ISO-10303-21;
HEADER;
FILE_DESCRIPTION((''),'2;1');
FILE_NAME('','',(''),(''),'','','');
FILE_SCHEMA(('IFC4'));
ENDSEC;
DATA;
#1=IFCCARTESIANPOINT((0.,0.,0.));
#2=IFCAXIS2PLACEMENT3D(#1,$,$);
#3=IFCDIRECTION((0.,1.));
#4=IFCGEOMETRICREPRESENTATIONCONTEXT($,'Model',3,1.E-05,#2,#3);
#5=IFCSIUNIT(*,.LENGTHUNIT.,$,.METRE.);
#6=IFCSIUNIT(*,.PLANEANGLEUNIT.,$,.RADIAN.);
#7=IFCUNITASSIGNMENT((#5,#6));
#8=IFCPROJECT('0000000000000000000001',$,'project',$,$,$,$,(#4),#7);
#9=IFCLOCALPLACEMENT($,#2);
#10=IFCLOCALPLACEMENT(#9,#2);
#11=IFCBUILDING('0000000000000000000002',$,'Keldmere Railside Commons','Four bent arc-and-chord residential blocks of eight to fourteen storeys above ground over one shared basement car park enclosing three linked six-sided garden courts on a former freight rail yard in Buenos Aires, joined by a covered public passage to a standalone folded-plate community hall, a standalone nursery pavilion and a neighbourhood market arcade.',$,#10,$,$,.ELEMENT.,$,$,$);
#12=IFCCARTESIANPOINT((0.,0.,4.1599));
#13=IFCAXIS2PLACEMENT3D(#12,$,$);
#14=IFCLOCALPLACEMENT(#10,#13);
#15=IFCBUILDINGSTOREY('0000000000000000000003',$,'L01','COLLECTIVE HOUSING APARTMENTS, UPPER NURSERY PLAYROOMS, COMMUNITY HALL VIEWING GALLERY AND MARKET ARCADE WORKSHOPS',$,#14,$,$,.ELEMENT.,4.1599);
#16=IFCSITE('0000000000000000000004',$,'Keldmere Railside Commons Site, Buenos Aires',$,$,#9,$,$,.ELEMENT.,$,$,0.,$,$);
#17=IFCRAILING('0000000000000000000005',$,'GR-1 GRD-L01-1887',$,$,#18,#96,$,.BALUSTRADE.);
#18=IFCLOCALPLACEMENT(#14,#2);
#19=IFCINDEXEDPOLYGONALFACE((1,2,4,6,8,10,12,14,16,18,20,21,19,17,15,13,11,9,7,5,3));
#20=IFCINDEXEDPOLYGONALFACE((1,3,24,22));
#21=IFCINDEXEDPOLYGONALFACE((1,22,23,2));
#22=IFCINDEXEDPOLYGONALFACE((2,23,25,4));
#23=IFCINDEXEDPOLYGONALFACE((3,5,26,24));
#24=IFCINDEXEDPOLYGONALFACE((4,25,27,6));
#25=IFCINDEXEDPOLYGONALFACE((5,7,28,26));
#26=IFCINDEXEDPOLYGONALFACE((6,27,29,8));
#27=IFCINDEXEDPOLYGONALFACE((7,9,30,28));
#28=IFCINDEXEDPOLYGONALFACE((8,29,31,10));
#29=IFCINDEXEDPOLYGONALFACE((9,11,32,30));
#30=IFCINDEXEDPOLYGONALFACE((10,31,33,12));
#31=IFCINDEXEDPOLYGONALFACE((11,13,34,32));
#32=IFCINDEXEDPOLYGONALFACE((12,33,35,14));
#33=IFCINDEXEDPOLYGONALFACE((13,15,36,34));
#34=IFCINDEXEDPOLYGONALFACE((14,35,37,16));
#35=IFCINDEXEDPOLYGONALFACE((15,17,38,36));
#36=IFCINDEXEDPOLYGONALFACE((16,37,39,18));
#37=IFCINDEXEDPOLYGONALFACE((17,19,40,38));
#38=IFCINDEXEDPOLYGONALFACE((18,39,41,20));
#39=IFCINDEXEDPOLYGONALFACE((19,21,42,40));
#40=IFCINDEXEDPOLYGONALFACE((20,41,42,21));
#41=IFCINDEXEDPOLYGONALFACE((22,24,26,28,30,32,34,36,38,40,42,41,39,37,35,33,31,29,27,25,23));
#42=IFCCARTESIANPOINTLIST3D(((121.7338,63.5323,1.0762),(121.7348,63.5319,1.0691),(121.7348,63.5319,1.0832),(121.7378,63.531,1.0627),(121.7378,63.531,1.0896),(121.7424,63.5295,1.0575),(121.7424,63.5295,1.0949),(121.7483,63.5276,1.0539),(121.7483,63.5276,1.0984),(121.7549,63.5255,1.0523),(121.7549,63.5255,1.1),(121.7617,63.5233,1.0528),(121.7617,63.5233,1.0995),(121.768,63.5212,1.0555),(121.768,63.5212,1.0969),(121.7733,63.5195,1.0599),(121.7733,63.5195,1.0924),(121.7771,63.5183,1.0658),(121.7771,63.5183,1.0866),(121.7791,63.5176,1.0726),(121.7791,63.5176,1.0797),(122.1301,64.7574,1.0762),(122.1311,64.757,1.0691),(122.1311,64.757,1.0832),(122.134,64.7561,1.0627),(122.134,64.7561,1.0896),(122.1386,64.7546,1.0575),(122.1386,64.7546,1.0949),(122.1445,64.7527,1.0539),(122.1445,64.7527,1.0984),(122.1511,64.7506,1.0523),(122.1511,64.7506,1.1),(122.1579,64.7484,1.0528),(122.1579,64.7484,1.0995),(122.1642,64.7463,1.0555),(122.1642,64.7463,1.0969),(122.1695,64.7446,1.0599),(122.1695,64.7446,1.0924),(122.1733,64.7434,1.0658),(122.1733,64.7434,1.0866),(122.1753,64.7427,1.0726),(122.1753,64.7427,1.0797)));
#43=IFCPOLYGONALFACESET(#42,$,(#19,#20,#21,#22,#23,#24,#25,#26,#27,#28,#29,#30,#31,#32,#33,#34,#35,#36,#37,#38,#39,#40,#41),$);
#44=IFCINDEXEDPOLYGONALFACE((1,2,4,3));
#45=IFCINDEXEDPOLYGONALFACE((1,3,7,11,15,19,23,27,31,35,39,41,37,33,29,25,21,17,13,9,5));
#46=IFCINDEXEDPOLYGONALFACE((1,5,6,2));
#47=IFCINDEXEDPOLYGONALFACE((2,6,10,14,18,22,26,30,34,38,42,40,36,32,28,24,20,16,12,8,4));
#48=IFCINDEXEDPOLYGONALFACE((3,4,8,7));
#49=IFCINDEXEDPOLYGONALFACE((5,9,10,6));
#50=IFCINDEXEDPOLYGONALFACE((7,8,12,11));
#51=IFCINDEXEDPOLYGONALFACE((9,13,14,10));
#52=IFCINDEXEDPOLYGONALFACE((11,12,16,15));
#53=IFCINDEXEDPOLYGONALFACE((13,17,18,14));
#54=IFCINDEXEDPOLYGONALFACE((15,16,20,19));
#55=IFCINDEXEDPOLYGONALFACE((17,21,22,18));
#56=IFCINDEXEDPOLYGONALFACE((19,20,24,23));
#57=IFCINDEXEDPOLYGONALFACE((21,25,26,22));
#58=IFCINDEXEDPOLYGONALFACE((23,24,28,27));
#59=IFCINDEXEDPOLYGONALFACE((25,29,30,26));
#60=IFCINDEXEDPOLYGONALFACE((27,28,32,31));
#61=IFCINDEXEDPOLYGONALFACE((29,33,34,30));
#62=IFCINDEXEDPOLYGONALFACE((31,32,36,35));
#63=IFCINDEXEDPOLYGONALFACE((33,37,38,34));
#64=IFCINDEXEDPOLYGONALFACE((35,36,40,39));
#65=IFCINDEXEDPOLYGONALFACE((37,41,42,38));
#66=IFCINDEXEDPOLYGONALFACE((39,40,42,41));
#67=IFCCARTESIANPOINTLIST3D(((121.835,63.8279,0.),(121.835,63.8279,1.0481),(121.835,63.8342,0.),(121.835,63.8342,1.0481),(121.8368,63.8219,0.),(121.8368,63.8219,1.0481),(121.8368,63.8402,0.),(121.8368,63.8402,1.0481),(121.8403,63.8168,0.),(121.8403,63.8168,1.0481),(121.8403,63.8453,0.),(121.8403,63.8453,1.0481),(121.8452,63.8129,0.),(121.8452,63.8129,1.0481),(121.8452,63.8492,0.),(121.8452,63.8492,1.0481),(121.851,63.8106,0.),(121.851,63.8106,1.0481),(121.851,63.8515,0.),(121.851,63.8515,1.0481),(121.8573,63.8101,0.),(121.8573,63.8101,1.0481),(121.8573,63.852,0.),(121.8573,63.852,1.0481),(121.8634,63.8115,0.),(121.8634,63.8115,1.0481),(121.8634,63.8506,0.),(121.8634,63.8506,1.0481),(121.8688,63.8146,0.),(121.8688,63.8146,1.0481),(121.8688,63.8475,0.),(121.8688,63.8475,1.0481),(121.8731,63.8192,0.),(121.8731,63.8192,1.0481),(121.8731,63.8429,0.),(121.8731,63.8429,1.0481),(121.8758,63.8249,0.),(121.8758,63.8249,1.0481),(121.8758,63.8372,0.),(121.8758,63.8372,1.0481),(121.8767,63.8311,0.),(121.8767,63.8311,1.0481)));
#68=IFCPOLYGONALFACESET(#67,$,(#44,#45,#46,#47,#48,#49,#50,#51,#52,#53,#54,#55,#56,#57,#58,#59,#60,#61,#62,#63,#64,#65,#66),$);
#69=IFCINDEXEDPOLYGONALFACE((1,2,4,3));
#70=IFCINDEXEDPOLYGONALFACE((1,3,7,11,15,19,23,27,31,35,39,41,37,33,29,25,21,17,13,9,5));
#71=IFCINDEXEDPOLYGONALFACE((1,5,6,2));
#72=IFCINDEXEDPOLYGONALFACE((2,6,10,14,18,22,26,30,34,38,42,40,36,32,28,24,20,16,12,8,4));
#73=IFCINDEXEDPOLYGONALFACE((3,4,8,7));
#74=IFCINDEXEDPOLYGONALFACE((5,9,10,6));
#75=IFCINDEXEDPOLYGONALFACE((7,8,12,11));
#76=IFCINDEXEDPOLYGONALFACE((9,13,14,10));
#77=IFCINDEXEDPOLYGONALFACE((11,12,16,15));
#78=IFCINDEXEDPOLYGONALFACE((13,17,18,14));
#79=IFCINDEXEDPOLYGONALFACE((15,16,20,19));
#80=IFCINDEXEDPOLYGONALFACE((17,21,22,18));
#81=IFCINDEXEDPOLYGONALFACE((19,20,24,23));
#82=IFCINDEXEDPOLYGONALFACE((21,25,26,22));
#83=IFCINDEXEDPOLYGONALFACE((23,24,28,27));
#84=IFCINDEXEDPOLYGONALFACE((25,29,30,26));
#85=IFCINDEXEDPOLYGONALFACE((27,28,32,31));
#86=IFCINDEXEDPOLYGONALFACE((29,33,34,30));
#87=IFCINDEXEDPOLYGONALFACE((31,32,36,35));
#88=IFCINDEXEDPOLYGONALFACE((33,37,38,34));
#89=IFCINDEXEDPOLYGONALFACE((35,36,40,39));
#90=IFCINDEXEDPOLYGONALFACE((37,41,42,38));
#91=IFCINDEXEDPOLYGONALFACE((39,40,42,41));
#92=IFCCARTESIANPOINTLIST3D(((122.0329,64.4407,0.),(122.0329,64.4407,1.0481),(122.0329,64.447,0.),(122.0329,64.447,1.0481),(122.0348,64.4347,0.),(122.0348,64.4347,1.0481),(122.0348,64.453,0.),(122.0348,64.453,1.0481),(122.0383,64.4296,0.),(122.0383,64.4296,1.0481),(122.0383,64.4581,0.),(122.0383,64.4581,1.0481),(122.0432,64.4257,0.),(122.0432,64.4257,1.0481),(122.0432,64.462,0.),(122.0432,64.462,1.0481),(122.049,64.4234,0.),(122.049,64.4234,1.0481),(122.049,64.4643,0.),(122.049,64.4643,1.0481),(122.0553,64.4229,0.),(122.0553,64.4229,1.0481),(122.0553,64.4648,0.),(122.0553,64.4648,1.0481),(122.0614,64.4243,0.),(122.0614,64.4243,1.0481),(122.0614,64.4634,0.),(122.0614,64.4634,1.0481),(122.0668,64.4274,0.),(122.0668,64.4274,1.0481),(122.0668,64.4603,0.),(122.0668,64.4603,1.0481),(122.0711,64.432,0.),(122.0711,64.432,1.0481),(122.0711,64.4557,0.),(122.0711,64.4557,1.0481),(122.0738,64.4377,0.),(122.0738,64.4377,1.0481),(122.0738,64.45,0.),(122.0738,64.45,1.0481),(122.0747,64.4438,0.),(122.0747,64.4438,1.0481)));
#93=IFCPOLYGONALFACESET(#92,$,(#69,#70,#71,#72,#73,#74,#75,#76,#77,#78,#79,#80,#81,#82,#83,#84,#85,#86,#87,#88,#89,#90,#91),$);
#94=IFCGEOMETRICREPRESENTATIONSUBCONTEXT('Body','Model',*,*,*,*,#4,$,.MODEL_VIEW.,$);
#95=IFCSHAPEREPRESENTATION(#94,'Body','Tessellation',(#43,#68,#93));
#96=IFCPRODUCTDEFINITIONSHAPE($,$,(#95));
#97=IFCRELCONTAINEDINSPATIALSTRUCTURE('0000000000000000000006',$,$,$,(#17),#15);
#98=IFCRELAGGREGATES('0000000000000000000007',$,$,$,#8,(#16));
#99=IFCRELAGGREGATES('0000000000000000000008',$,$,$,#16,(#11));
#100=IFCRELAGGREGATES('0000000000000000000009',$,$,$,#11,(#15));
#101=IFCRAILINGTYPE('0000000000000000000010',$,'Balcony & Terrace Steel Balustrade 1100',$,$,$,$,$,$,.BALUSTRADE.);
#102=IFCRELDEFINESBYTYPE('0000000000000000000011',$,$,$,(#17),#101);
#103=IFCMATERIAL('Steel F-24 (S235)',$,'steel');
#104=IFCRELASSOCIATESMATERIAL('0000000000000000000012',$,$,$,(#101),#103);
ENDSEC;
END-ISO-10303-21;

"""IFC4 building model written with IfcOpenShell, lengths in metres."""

from ifc_helpers import new_model, si_unit, direction, frame, origin, origin_2d, place, context, subcontext, project, spatial, circle, extrude, material, type_object, element, save


model = new_model("IFC4")

# Units and contexts
model_context = context("Model", 3, precision=1e-05, world=origin(), true_north=direction((0.0, 1.0)))
body_context = subcontext(model_context, "Body", "Model", "MODEL_VIEW")
ifc_project = project(units=[si_unit("LENGTHUNIT", "METRE"), si_unit("PLANEANGLEUNIT", "RADIAN")], contexts=[model_context])

# Site, building, storey
site_placement = place(None, origin())
site = spatial("IfcSite", under=ifc_project, at=site_placement, Name="Keldmere Railside Commons Site, Buenos Aires", CompositionType="ELEMENT", RefElevation=0.0)
building_placement = place(site_placement, origin())
building = spatial("IfcBuilding", under=site, at=building_placement, Name="Keldmere Railside Commons", Description="Four bent arc-and-chord residential blocks of eight to fourteen storeys above ground over one shared basement car park enclosing three linked six-sided garden courts on a former freight rail yard in Buenos Aires, joined by a covered public passage to a standalone folded-plate community hall, a standalone nursery pavilion and a neighbourhood market arcade.", CompositionType="ELEMENT")
storey_placement = place(building_placement, frame((0.0, 0.0, 4.1599)))
storey = spatial("IfcBuildingStorey", under=building, at=storey_placement, Name="L01", Description="COLLECTIVE HOUSING APARTMENTS, UPPER NURSERY PLAYROOMS, COMMUNITY HALL VIEWING GALLERY AND MARKET ARCADE WORKSHOPS", CompositionType="ELEMENT", Elevation=4.1599)

# Railing
ifc_material_1 = material(Name="Steel F-24 (S235)", Category="steel")
railing_type = type_object("IfcRailingType", Name="Balcony & Terrace Steel Balustrade 1100", PredefinedType="BALUSTRADE", material=ifc_material_1)
railing_1_placement = place(storey_placement, frame((121.7566, 63.5249, 0.0)))
element("IfcRailing", 1, at=railing_1_placement, inside=storey, type_object=railing_type, Name="GR-1 GRD-L01-1887", PredefinedType="BALUSTRADE", context=body_context, shape_type="SweptSolid", body=[
    extrude(circle(Radius=0.0239, at=origin_2d()), frame((0.0, 0.0, 1.0762), z_axis=(0.30774, 0.951471, 0.0), x_axis=(-0.951471, 0.30774, 0.0)), (0.0, 0.0, 1.0), 1.2876),
    extrude(circle(Radius=0.021, at=origin_2d()), frame((0.0991, 0.3062, 0.0)), (0.0, 0.0, 1.0), 1.0481),
    extrude(circle(Radius=0.021, at=origin_2d()), frame((0.2971, 0.9189, 0.0)), (0.0, 0.0, 1.0), 1.0481),
])

save(model, "model.ifc")
